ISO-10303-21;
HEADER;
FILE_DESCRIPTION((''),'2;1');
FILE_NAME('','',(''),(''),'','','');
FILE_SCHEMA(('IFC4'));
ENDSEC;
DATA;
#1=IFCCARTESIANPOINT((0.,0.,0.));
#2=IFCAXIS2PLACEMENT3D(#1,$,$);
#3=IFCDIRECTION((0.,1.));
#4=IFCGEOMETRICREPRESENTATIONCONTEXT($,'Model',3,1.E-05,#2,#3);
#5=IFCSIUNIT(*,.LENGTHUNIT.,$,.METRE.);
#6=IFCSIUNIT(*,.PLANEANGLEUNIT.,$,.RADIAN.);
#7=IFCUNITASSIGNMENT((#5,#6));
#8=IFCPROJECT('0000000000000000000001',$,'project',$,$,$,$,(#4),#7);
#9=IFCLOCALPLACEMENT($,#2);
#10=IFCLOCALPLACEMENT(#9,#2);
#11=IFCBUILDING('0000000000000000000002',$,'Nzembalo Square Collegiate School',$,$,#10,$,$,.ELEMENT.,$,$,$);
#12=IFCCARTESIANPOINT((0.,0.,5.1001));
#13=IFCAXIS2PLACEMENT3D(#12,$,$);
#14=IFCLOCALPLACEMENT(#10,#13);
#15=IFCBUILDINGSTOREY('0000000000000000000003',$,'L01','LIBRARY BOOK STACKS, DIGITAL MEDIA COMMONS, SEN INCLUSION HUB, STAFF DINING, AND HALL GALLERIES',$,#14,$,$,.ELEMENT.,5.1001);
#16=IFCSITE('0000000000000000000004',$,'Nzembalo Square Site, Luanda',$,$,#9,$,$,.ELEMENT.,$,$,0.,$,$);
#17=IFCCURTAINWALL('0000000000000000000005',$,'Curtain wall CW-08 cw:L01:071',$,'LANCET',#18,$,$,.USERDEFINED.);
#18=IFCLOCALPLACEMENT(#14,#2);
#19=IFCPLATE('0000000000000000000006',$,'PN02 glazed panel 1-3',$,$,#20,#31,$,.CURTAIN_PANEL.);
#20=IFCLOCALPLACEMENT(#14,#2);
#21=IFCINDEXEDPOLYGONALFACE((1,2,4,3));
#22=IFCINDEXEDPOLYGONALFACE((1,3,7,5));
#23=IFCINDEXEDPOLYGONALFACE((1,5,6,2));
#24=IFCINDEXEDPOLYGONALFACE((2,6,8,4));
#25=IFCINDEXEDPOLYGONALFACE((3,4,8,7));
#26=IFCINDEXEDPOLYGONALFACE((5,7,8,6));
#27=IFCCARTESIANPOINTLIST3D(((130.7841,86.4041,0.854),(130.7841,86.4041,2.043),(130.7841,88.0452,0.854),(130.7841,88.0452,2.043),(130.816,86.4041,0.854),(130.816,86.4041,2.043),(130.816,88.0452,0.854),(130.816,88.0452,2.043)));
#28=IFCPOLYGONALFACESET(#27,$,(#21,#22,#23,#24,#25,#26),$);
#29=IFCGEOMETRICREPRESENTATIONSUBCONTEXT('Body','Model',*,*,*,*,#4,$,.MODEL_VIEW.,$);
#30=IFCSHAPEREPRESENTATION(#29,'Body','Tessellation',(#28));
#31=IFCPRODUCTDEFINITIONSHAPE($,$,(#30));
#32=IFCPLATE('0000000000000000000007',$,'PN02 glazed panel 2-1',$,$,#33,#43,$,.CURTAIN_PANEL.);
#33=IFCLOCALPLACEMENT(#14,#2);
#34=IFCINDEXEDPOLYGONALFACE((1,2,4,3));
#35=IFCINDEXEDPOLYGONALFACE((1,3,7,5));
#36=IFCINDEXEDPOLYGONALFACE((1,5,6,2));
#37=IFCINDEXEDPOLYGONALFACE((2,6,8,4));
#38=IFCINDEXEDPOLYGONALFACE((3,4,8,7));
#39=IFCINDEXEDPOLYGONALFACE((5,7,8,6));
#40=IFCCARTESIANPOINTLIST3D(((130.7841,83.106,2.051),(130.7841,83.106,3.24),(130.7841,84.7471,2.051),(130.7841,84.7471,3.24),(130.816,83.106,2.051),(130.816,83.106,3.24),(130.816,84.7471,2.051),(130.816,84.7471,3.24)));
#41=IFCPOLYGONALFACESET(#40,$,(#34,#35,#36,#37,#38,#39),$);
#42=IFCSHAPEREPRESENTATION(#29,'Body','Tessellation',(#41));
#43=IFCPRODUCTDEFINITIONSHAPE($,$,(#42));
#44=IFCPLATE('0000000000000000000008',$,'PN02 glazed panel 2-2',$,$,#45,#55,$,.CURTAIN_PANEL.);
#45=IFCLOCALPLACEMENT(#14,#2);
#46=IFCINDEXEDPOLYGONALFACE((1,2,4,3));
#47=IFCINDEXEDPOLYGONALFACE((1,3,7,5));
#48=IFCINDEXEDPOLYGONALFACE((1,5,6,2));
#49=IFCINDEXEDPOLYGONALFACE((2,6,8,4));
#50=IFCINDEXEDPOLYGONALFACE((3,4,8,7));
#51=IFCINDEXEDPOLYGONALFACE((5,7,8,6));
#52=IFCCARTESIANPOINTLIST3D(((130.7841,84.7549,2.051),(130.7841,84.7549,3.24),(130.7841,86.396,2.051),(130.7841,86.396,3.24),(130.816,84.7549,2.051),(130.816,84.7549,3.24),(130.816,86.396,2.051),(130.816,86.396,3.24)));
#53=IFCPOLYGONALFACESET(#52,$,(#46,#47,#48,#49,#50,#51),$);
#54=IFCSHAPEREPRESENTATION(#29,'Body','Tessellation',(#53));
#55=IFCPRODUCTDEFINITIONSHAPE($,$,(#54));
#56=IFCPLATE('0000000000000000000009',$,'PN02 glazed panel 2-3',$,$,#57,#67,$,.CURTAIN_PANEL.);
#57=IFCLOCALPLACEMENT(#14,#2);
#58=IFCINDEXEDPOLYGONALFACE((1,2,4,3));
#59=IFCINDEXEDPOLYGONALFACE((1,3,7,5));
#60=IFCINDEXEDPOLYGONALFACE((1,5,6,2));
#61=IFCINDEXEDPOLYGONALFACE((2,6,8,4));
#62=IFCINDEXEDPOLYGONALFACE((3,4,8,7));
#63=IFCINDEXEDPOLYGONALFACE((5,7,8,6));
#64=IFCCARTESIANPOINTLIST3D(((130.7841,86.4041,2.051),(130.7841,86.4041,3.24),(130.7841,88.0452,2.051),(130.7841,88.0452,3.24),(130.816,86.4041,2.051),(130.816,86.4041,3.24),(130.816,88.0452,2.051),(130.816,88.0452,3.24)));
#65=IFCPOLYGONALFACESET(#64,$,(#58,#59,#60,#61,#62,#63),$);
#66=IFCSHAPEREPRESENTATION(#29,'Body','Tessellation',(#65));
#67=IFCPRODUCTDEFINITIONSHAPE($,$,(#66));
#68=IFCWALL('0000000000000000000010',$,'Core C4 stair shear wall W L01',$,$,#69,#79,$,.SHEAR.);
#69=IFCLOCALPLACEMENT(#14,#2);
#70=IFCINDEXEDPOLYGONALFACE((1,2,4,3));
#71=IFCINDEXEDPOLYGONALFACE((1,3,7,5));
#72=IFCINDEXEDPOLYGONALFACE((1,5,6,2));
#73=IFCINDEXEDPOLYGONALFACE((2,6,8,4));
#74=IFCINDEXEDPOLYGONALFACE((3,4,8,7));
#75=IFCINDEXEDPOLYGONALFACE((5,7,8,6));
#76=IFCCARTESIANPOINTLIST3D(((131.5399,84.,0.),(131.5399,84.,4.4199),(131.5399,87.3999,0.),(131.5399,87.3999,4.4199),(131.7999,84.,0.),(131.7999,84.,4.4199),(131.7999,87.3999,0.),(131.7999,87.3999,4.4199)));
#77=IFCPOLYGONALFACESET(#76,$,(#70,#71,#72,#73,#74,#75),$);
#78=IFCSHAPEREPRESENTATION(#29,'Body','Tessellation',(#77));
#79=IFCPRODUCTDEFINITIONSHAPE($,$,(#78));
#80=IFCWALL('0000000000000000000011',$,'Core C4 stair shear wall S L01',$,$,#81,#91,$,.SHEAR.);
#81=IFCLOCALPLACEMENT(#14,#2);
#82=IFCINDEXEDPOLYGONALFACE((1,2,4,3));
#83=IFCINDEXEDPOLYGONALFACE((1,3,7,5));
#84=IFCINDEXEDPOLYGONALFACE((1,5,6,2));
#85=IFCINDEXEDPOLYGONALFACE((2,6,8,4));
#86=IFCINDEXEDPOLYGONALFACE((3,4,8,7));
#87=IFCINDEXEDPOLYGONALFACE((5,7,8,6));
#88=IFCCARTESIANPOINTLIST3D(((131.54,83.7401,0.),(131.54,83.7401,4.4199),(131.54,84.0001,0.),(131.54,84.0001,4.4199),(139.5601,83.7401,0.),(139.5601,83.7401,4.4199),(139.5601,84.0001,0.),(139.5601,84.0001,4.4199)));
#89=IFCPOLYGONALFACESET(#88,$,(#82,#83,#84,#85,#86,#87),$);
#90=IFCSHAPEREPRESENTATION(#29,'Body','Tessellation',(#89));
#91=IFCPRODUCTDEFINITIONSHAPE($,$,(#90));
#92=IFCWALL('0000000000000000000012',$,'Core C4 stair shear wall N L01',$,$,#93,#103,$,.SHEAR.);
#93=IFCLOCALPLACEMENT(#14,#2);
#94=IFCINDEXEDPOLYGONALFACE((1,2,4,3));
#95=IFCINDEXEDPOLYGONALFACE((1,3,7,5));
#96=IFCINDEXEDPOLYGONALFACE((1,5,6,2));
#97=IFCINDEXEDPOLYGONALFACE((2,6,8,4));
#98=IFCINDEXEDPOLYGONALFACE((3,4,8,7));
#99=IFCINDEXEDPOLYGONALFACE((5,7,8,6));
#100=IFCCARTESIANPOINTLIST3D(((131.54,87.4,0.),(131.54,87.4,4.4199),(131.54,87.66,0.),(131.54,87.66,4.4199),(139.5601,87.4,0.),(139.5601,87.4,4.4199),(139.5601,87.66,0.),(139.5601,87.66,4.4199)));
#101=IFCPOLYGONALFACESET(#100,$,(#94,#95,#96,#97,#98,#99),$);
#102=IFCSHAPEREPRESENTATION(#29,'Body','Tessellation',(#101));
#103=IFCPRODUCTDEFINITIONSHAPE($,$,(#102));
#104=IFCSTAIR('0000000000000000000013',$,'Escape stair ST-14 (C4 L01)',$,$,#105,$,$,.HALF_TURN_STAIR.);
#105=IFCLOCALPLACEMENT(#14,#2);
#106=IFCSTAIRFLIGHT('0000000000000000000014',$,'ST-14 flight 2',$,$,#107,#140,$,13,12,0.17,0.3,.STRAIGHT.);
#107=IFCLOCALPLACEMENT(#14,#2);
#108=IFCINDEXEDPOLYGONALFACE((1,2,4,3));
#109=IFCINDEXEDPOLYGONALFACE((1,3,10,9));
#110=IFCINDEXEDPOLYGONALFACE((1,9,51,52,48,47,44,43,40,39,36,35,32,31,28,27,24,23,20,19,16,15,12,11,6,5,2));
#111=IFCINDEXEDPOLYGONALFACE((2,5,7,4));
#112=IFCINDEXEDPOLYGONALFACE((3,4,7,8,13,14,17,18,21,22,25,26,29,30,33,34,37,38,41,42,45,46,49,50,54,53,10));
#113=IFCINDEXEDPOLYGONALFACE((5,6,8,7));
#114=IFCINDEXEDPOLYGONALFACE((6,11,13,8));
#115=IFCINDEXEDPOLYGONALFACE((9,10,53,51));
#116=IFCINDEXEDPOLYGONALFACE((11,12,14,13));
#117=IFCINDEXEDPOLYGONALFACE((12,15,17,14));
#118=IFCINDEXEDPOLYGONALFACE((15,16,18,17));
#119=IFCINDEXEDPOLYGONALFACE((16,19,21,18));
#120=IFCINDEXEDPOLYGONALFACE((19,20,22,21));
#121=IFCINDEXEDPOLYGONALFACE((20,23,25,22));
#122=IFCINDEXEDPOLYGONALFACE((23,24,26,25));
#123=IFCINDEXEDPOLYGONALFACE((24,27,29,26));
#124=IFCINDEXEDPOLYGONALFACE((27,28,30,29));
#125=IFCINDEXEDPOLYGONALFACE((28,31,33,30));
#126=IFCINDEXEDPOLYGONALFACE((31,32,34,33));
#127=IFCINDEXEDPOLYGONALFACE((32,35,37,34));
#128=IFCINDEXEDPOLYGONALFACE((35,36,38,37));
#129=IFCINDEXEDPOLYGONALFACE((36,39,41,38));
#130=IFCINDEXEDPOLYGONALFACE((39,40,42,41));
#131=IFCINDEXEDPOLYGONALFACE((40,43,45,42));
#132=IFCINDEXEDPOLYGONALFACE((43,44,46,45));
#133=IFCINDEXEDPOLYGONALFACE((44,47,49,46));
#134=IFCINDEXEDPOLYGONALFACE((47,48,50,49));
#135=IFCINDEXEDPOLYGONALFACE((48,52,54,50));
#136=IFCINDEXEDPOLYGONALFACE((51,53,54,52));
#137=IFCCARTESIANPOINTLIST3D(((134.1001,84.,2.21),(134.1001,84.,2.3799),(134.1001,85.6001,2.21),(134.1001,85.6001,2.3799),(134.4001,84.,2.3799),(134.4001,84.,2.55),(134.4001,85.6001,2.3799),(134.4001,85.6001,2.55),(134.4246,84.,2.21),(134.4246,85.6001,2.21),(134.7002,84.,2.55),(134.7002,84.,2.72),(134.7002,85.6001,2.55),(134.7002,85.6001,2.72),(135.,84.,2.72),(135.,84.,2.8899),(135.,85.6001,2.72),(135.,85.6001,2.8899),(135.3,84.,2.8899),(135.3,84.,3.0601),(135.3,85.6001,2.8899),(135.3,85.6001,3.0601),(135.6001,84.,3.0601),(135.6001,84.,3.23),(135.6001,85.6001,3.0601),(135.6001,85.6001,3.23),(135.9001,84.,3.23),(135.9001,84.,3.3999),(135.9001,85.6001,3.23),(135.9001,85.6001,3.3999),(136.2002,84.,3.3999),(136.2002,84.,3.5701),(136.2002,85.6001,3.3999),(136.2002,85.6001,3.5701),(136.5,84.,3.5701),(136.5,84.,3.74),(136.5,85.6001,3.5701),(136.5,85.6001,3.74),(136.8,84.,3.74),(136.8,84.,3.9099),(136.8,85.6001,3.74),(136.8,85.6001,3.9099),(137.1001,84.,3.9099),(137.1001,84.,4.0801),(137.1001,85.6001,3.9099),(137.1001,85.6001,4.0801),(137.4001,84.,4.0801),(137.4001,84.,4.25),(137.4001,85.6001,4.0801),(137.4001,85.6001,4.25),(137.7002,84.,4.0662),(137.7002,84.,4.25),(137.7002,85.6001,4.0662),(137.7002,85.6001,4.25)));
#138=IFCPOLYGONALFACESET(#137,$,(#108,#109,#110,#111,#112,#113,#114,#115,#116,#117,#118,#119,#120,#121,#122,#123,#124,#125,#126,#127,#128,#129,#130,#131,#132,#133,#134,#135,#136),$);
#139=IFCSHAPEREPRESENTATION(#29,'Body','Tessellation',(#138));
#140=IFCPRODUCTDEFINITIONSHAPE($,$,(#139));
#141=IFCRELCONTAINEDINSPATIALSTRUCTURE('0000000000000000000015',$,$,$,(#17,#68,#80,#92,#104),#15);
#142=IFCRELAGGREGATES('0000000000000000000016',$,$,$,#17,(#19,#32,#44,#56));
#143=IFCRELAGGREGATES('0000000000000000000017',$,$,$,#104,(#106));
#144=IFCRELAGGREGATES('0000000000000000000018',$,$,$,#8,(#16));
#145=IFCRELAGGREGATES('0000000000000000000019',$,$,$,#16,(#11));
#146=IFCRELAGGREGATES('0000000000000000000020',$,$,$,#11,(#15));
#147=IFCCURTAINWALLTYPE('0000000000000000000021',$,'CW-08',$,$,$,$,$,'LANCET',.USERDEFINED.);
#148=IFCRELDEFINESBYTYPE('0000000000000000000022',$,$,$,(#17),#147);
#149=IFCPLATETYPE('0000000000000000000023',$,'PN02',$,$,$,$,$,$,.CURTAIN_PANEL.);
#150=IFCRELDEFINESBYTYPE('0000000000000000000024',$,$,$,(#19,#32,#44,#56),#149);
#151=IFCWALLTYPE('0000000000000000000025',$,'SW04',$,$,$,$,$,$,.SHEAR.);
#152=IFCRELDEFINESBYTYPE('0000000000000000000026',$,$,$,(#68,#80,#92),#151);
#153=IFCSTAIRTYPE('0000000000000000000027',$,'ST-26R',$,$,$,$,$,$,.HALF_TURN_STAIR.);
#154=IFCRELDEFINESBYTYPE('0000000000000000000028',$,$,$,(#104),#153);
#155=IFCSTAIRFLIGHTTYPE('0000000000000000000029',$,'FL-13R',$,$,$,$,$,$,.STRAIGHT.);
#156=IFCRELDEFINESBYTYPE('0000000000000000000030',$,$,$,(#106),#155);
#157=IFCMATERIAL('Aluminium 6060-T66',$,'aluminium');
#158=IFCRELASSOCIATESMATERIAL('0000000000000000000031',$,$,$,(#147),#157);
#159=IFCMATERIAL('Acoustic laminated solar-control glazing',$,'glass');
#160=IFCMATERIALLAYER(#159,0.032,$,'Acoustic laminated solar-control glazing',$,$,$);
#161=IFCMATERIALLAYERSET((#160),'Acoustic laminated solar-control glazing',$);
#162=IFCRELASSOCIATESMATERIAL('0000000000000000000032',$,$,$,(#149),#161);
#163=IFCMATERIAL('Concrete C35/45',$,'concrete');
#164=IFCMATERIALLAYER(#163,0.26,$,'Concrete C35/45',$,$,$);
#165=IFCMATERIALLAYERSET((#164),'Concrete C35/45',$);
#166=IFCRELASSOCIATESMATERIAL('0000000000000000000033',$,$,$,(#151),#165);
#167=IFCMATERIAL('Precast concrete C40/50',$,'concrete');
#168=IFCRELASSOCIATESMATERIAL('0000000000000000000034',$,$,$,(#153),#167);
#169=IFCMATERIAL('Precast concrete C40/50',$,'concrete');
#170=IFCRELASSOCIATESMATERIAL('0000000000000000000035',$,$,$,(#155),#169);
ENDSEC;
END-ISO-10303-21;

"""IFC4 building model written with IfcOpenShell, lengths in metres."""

from ifc_helpers import new_model, si_unit, direction, frame, frame_2d, origin, origin_2d, place, context, subcontext, project, spatial, polyline, rectangle, outline, extrude, material, layer, layer_set, type_object, element, aggregate, save


model = new_model("IFC4")

# Units and contexts
model_context = context("Model", 3, precision=1e-05, world=origin(), true_north=direction((0.0, 1.0)))
body_context = subcontext(model_context, "Body", "Model", "MODEL_VIEW")
ifc_project = project(units=[si_unit("LENGTHUNIT", "METRE"), si_unit("PLANEANGLEUNIT", "RADIAN")], contexts=[model_context])

# Site, building, storey
site_placement = place(None, origin())
site = spatial("IfcSite", under=ifc_project, at=site_placement, Name="Nzembalo Square Site, Luanda", CompositionType="ELEMENT", RefElevation=0.0)
building_placement = place(site_placement, origin())
building = spatial("IfcBuilding", under=site, at=building_placement, Name="Nzembalo Square Collegiate School", CompositionType="ELEMENT")
storey_placement = place(building_placement, frame((0.0, 0.0, 5.1001)))
storey = spatial("IfcBuildingStorey", under=building, at=storey_placement, Name="L01", Description="LIBRARY BOOK STACKS, DIGITAL MEDIA COMMONS, SEN INCLUSION HUB, STAFF DINING, AND HALL GALLERIES", CompositionType="ELEMENT", Elevation=5.1001)

# Curtain wall, plates
ifc_material_1 = material(Name="Aluminium 6060-T66", Category="aluminium")
curtain_wall_type = type_object("IfcCurtainWallType", Name="CW-08", ElementType="LANCET", PredefinedType="USERDEFINED", material=ifc_material_1)
curtain_wall_placement = place(storey_placement, origin())
curtain_wall = element("IfcCurtainWall", 1, at=curtain_wall_placement, inside=storey, type_object=curtain_wall_type, Name="Curtain wall CW-08 cw:L01:071", ObjectType="LANCET", PredefinedType="USERDEFINED")
ifc_material_2 = material(Name="Acoustic laminated solar-control glazing", Category="glass")
ifc_layer_1 = layer(ifc_material_2, 0.032, Name="Acoustic laminated solar-control glazing")
ifc_layer_set_1 = layer_set([ifc_layer_1], Name="Acoustic laminated solar-control glazing")
plate_type = type_object("IfcPlateType", Name="PN02", PredefinedType="CURTAIN_PANEL", material=ifc_layer_set_1)
plate_1_placement = place(storey_placement, frame((130.8, 87.2246, 0.854), z_axis=(0.0, 0.0, 1.0), x_axis=(0.0, 1.0, 0.0)))
plate_1 = element("IfcPlate", 2, at=plate_1_placement, type_object=plate_type, Name="PN02 glazed panel 1-3", PredefinedType="CURTAIN_PANEL", context=body_context, shape_type="SweptSolid", body=[
    extrude(rectangle(XDim=1.6411, YDim=0.032, at=origin_2d()), origin(), (0.0, 0.0, 1.0), 1.189),
])
plate_2_placement = place(storey_placement, frame((130.8, 83.9265, 2.051), z_axis=(0.0, 0.0, 1.0), x_axis=(0.0, 1.0, 0.0)))
plate_2 = element("IfcPlate", 3, at=plate_2_placement, type_object=plate_type, Name="PN02 glazed panel 2-1", PredefinedType="CURTAIN_PANEL", context=body_context, shape_type="SweptSolid", body=[
    extrude(rectangle(XDim=1.6411, YDim=0.032, at=origin_2d()), origin(), (0.0, 0.0, 1.0), 1.189),
])
plate_3_placement = place(storey_placement, frame((130.8, 85.5754, 2.051), z_axis=(0.0, 0.0, 1.0), x_axis=(0.0, 1.0, 0.0)))
plate_3 = element("IfcPlate", 4, at=plate_3_placement, type_object=plate_type, Name="PN02 glazed panel 2-2", PredefinedType="CURTAIN_PANEL", context=body_context, shape_type="SweptSolid", body=[
    extrude(rectangle(XDim=1.6411, YDim=0.032, at=origin_2d()), origin(), (0.0, 0.0, 1.0), 1.189),
])
plate_4_placement = place(storey_placement, frame((130.8, 87.2246, 2.051), z_axis=(0.0, 0.0, 1.0), x_axis=(0.0, 1.0, 0.0)))
plate_4 = element("IfcPlate", 5, at=plate_4_placement, type_object=plate_type, Name="PN02 glazed panel 2-3", PredefinedType="CURTAIN_PANEL", context=body_context, shape_type="SweptSolid", body=[
    extrude(rectangle(XDim=1.6411, YDim=0.032, at=origin_2d()), origin(), (0.0, 0.0, 1.0), 1.189),
])
aggregate(curtain_wall, [plate_1, plate_2, plate_3, plate_4])

# Walls
ifc_material_3 = material(Name="Concrete C35/45", Category="concrete")
ifc_layer_2 = layer(ifc_material_3, 0.26, Name="Concrete C35/45")
ifc_layer_set_2 = layer_set([ifc_layer_2], Name="Concrete C35/45")
wall_type = type_object("IfcWallType", Name="SW04", PredefinedType="SHEAR", material=ifc_layer_set_2)
wall_placement = place(storey_placement, frame((131.6699, 84.0, 0.0), z_axis=(0.0, 0.0, 1.0), x_axis=(0.0, 1.0, 0.0)))
element("IfcWall", 6, at=wall_placement, inside=storey, type_object=wall_type, Name="Core C4 stair shear wall W L01", PredefinedType="SHEAR", context=body_context, shape_type="SweptSolid", body=[
    extrude(rectangle(XDim=3.3999, YDim=0.26, at=frame_2d((1.7, 0.0))), origin(), (0.0, 0.0, 1.0), 4.4199),
])
for number, where, z_axis, x_axis, name in (
    (7, (131.54, 83.8701, 0.0), (0.0, 0.0, 1.0), (1.0, 0.0, 0.0), "Core C4 stair shear wall S L01"),
    (8, (131.54, 87.53, 0.0), (0.0, 0.0, 1.0), (1.0, 0.0, 0.0), "Core C4 stair shear wall N L01"),
):
    element("IfcWall", number, at=place(storey_placement, frame(where, z_axis=z_axis, x_axis=x_axis)), inside=storey, type_object=wall_type, Name=name, PredefinedType="SHEAR", context=body_context, shape_type="SweptSolid", body=[
        extrude(rectangle(XDim=8.02, YDim=0.26, at=frame_2d((4.01, 0.0))), origin(), (0.0, 0.0, 1.0), 4.4199),
    ])

# Stair, stair flight
ifc_material_4 = material(Name="Precast concrete C40/50", Category="concrete")
stair_type = type_object("IfcStairType", Name="ST-26R", PredefinedType="HALF_TURN_STAIR", material=ifc_material_4)
stair_placement = place(storey_placement, origin())
stair = element("IfcStair", 9, at=stair_placement, inside=storey, type_object=stair_type, Name="Escape stair ST-14 (C4 L01)", PredefinedType="HALF_TURN_STAIR")
ifc_material_5 = material(Name="Precast concrete C40/50", Category="concrete")
stair_flight_type = type_object("IfcStairFlightType", Name="FL-13R", PredefinedType="STRAIGHT", material=ifc_material_5)
stair_flight_placement = place(storey_placement, frame((134.1001, 84.8, 2.21), z_axis=(0.0, 0.0, 1.0), x_axis=(1.0, 0.0, 0.0)))
stair_flight = element("IfcStairFlight", 10, at=stair_flight_placement, type_object=stair_flight_type, Name="ST-14 flight 2", NumberOfRisers=13, NumberOfTreads=12, PredefinedType="STRAIGHT", RiserHeight=0.17, TreadLength=0.3, context=body_context, shape_type="SweptSolid", body=[
    extrude(outline(polyline([(0.0, 0.0), (0.0, 0.1699), (0.3, 0.1699), (0.3, 0.3401), (0.6001, 0.3401), (0.6001, 0.51), (0.8999, 0.51), (0.8999, 0.6799), (1.2, 0.6799), (1.2, 0.8501), (1.5, 0.8501), (1.5, 1.02), (1.8, 1.02), (1.8, 1.1899), (2.1001, 1.1899), (2.1001, 1.3601), (2.3999, 1.3601), (2.3999, 1.53), (2.7, 1.53), (2.7, 1.7), (3.0, 1.7), (3.0, 1.8701), (3.3, 1.8701), (3.3, 2.04), (3.6001, 2.04), (3.6001, 2.21), (3.6001, 1.8562), (0.3245, 0.0), (0.0, 0.0)])), frame((0.0, 0.8, 0.0), z_axis=(0.0, -1.0, 0.0), x_axis=(1.0, 0.0, 0.0)), (0.0, 0.0, 1.0), 1.6001),
])
aggregate(stair, [stair_flight])

save(model, "model.ifc")
